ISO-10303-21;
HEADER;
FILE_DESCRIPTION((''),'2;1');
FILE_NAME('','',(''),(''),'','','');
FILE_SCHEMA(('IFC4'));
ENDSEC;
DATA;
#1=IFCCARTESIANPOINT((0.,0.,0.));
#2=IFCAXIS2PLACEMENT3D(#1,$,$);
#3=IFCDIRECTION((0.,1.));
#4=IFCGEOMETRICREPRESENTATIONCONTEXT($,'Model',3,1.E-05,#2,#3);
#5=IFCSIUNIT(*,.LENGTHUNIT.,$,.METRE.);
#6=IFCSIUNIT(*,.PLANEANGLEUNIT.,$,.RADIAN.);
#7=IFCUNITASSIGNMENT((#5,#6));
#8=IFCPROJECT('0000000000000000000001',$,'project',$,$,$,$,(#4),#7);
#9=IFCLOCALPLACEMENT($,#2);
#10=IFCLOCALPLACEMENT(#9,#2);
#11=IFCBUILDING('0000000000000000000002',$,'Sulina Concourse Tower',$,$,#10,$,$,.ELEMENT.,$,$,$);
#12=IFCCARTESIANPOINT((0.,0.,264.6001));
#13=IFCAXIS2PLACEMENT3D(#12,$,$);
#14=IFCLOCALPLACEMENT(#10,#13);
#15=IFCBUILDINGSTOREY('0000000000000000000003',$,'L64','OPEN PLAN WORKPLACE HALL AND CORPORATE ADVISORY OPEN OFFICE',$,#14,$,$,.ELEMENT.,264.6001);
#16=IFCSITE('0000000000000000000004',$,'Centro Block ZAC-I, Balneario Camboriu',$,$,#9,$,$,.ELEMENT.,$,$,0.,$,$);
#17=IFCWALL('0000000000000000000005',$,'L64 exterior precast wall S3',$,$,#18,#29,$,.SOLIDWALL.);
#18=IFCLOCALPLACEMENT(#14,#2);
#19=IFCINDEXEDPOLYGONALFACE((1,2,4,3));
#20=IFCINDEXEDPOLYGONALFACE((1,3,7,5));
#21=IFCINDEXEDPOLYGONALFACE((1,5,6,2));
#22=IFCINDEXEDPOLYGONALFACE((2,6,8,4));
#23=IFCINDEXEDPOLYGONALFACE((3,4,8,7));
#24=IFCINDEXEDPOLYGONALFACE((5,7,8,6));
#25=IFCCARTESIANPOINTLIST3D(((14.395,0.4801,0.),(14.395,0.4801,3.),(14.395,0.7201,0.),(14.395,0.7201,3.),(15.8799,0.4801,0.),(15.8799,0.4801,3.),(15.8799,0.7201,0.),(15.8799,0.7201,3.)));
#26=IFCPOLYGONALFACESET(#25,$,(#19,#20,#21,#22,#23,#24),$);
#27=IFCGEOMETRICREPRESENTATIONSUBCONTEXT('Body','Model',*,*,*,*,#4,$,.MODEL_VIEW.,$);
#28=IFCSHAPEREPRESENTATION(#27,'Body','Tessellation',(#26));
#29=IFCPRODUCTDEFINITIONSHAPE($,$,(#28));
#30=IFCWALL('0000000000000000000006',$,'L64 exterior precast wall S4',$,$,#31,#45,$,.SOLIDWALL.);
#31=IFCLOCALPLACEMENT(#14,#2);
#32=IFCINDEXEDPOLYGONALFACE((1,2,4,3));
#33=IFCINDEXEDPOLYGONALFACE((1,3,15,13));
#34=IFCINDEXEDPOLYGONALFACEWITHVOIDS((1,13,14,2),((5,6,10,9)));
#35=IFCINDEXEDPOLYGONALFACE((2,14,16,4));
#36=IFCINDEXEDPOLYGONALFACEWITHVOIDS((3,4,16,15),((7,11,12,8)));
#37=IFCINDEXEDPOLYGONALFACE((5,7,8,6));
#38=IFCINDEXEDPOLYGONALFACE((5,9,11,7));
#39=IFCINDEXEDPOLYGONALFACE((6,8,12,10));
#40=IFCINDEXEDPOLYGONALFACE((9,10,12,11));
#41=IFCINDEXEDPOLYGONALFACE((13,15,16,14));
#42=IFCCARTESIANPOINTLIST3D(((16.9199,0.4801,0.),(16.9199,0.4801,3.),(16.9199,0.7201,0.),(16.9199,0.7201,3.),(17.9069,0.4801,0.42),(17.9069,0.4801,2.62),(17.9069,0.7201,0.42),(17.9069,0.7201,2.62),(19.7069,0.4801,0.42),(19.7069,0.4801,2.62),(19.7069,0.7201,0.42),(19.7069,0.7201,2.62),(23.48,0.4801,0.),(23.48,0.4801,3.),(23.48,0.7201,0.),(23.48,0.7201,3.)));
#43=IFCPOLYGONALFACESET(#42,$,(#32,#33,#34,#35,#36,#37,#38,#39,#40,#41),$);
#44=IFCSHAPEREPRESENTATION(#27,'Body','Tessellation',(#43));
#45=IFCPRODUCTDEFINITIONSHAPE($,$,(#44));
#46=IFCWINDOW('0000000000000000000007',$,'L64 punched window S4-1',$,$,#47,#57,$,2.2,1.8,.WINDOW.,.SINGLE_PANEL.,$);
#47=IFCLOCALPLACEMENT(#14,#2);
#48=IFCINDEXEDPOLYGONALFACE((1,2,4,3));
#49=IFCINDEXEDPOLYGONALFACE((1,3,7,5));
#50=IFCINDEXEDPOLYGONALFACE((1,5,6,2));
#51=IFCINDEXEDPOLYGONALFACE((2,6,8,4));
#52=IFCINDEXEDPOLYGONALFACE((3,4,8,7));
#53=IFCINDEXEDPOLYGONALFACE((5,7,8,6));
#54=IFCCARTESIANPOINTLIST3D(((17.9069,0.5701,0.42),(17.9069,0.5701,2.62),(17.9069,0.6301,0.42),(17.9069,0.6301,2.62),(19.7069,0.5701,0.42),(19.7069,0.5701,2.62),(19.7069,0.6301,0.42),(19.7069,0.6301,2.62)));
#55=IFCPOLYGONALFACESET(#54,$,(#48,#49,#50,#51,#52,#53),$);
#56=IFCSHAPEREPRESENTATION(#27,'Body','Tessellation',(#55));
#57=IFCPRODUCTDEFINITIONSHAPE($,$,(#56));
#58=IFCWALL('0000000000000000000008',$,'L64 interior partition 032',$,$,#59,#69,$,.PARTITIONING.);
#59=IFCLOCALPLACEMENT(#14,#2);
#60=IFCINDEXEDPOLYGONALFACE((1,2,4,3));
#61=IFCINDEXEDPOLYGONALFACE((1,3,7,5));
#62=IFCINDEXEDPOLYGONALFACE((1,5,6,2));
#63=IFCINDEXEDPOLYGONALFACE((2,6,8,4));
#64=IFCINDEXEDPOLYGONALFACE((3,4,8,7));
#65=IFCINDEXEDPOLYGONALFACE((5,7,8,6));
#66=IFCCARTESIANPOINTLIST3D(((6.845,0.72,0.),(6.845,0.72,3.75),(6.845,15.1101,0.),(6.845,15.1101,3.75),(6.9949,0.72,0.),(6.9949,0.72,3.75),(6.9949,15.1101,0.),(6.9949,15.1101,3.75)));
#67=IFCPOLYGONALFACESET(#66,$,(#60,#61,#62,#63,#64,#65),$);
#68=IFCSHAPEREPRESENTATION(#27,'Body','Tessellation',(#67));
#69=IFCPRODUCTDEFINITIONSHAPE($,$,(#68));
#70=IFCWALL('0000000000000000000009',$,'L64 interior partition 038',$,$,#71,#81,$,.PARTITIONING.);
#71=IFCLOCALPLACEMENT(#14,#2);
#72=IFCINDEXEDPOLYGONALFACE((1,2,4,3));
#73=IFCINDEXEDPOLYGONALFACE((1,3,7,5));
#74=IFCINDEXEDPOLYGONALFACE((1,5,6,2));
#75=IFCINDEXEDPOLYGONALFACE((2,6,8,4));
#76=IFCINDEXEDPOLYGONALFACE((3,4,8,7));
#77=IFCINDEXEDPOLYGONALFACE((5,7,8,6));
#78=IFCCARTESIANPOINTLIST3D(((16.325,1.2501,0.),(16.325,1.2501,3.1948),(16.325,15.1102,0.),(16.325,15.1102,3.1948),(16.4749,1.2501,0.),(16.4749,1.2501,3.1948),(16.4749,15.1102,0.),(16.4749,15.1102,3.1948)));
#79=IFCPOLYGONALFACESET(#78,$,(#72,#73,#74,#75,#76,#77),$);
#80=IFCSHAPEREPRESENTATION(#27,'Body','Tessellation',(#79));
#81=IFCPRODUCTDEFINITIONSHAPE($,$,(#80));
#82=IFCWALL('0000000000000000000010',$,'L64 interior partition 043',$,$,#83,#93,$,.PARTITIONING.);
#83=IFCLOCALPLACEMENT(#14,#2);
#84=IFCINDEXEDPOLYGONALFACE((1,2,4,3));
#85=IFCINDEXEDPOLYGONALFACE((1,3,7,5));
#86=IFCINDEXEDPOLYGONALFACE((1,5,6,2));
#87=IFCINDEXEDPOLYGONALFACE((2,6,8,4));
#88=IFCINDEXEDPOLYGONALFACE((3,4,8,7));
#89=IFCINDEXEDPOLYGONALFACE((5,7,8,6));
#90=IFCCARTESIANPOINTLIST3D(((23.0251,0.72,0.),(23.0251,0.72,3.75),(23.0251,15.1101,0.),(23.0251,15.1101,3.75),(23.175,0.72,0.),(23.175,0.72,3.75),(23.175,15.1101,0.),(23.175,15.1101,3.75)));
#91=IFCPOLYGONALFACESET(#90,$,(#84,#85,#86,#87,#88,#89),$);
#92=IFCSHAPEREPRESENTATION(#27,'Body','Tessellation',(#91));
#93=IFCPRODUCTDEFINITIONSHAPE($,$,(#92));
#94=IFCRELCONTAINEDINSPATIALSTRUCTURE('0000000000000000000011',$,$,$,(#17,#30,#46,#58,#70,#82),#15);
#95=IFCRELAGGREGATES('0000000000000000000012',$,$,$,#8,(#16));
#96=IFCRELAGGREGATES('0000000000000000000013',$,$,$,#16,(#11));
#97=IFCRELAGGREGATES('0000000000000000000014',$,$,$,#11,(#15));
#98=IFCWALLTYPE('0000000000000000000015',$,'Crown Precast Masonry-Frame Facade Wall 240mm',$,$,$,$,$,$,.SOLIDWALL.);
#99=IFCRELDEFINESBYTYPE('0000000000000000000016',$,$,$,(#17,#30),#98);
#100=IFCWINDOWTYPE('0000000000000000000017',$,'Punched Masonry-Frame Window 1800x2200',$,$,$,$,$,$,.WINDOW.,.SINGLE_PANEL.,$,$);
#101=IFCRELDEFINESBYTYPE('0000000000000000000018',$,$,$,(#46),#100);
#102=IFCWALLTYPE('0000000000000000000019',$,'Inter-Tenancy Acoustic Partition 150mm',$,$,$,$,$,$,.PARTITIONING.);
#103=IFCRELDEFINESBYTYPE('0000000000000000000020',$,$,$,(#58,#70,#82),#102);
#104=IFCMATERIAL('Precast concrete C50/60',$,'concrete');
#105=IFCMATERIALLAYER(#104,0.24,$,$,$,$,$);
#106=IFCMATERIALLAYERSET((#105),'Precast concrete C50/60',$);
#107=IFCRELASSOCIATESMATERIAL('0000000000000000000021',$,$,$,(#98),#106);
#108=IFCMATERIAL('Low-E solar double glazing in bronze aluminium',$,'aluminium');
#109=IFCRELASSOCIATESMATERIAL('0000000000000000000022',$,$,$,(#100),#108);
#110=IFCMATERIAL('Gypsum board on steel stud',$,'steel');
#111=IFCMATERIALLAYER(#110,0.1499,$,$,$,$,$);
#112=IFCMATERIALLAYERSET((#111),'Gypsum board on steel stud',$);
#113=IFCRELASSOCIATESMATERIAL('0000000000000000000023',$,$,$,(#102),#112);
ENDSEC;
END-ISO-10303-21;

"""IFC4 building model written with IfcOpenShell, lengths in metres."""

from ifc_helpers import new_model, si_unit, direction, frame, frame_2d, origin, place, context, subcontext, project, spatial, rectangle, extrude, material, layer, layer_set, type_object, element, fill, save


model = new_model("IFC4")

# Units and contexts
model_context = context("Model", 3, precision=1e-05, world=origin(), true_north=direction((0.0, 1.0)))
body_context = subcontext(model_context, "Body", "Model", "MODEL_VIEW")
ifc_project = project(units=[si_unit("LENGTHUNIT", "METRE"), si_unit("PLANEANGLEUNIT", "RADIAN")], contexts=[model_context])

# Site, building, storey
site_placement = place(None, origin())
site = spatial("IfcSite", under=ifc_project, at=site_placement, Name="Centro Block ZAC-I, Balneario Camboriu", CompositionType="ELEMENT", RefElevation=0.0)
building_placement = place(site_placement, origin())
building = spatial("IfcBuilding", under=site, at=building_placement, Name="Sulina Concourse Tower", CompositionType="ELEMENT")
storey_placement = place(building_placement, frame((0.0, 0.0, 264.6001)))
storey = spatial("IfcBuildingStorey", under=building, at=storey_placement, Name="L64", Description="OPEN PLAN WORKPLACE HALL AND CORPORATE ADVISORY OPEN OFFICE", CompositionType="ELEMENT", Elevation=264.6001)

# Wall
ifc_material_1 = material(Name="Precast concrete C50/60", Category="concrete")
ifc_layer_1 = layer(ifc_material_1, 0.24)
ifc_layer_set_1 = layer_set([ifc_layer_1], Name="Precast concrete C50/60")
wall_type_1 = type_object("IfcWallType", Name="Crown Precast Masonry-Frame Facade Wall 240mm", PredefinedType="SOLIDWALL", material=ifc_layer_set_1)
wall_1_placement = place(storey_placement, frame((15.8799, 0.6001, 0.0), z_axis=(0.0, 0.0, 1.0), x_axis=(-1.0, 0.0, 0.0)))
element("IfcWall", 1, at=wall_1_placement, inside=storey, type_object=wall_type_1, Name="L64 exterior precast wall S3", PredefinedType="SOLIDWALL", context=body_context, shape_type="SweptSolid", body=[
    extrude(rectangle(XDim=1.4849, YDim=0.24, at=frame_2d((0.7424, 0.0))), origin(), (0.0, 0.0, 1.0), 3.0),
])

# Wall, opening, window
wall_2_placement = place(storey_placement, frame((23.48, 0.6001, 0.0), z_axis=(0.0, 0.0, 1.0), x_axis=(-1.0, 0.0, 0.0)))
wall_2 = element("IfcWall", 2, at=wall_2_placement, inside=storey, type_object=wall_type_1, Name="L64 exterior precast wall S4", PredefinedType="SOLIDWALL", context=body_context, shape_type="SweptSolid", body=[
    extrude(rectangle(XDim=6.5601, YDim=0.24, at=frame_2d((3.28, 0.0))), origin(), (0.0, 0.0, 1.0), 3.0),
])
opening_placement = place(wall_2_placement, frame((3.7732, 0.0, 0.4199)))
opening = element("IfcOpeningElement", 3, at=opening_placement, cuts=wall_2, PredefinedType="OPENING", context=body_context, shape_type="SweptSolid", body=[
    extrude(rectangle(XDim=1.8, YDim=2.2, at=frame_2d((0.8999, 1.1001))), frame((0.0, 0.1299, 0.0), z_axis=(0.0, -1.0, 0.0), x_axis=(1.0, 0.0, 0.0)), (0.0, 0.0, 1.0), 0.26),
])
ifc_material_2 = material(Name="Low-E solar double glazing in bronze aluminium", Category="aluminium")
window_type = type_object("IfcWindowType", Name="Punched Masonry-Frame Window 1800x2200", PartitioningType="SINGLE_PANEL", PredefinedType="WINDOW", material=ifc_material_2)
window_placement = place(opening_placement, origin())
window = element("IfcWindow", 4, at=window_placement, inside=storey, type_object=window_type, Name="L64 punched window S4-1", OverallHeight=2.2, OverallWidth=1.8, PartitioningType="SINGLE_PANEL", PredefinedType="WINDOW", context=body_context, shape_type="SweptSolid", body=[
    extrude(rectangle(XDim=1.8, YDim=2.2, at=frame_2d((0.8999, 1.1001))), frame((0.0, 0.03, 0.0), z_axis=(0.0, -1.0, 0.0), x_axis=(1.0, 0.0, 0.0)), (0.0, 0.0, 1.0), 0.0601),
])
fill(opening, window)

# Walls
ifc_material_3 = material(Name="Gypsum board on steel stud", Category="steel")
ifc_layer_2 = layer(ifc_material_3, 0.1499)
ifc_layer_set_2 = layer_set([ifc_layer_2], Name="Gypsum board on steel stud")
wall_type_2 = type_object("IfcWallType", Name="Inter-Tenancy Acoustic Partition 150mm", PredefinedType="PARTITIONING", material=ifc_layer_set_2)
wall_3_placement = place(storey_placement, frame((6.9199, 0.72, 0.0), z_axis=(0.0, 0.0, 1.0), x_axis=(0.0, 1.0, 0.0)))
element("IfcWall", 5, at=wall_3_placement, inside=storey, type_object=wall_type_2, Name="L64 interior partition 032", PredefinedType="PARTITIONING", context=body_context, shape_type="SweptSolid", body=[
    extrude(rectangle(XDim=14.3901, YDim=0.1499, at=frame_2d((7.1951, 0.0))), origin(), (0.0, 0.0, 1.0), 3.75),
])
wall_4_placement = place(storey_placement, frame((16.3999, 1.25, 0.0), z_axis=(0.0, 0.0, 1.0), x_axis=(0.0, 1.0, 0.0)))
element("IfcWall", 6, at=wall_4_placement, inside=storey, type_object=wall_type_2, Name="L64 interior partition 038", PredefinedType="PARTITIONING", context=body_context, shape_type="SweptSolid", body=[
    extrude(rectangle(XDim=13.8601, YDim=0.1499, at=frame_2d((6.9302, 0.0))), origin(), (0.0, 0.0, 1.0), 3.1948),
])
wall_5_placement = place(storey_placement, frame((23.1001, 0.72, 0.0), z_axis=(0.0, 0.0, 1.0), x_axis=(0.0, 1.0, 0.0)))
element("IfcWall", 7, at=wall_5_placement, inside=storey, type_object=wall_type_2, Name="L64 interior partition 043", PredefinedType="PARTITIONING", context=body_context, shape_type="SweptSolid", body=[
    extrude(rectangle(XDim=14.3901, YDim=0.1499, at=frame_2d((7.1951, 0.0))), origin(), (0.0, 0.0, 1.0), 3.75),
])

save(model, "model.ifc")
